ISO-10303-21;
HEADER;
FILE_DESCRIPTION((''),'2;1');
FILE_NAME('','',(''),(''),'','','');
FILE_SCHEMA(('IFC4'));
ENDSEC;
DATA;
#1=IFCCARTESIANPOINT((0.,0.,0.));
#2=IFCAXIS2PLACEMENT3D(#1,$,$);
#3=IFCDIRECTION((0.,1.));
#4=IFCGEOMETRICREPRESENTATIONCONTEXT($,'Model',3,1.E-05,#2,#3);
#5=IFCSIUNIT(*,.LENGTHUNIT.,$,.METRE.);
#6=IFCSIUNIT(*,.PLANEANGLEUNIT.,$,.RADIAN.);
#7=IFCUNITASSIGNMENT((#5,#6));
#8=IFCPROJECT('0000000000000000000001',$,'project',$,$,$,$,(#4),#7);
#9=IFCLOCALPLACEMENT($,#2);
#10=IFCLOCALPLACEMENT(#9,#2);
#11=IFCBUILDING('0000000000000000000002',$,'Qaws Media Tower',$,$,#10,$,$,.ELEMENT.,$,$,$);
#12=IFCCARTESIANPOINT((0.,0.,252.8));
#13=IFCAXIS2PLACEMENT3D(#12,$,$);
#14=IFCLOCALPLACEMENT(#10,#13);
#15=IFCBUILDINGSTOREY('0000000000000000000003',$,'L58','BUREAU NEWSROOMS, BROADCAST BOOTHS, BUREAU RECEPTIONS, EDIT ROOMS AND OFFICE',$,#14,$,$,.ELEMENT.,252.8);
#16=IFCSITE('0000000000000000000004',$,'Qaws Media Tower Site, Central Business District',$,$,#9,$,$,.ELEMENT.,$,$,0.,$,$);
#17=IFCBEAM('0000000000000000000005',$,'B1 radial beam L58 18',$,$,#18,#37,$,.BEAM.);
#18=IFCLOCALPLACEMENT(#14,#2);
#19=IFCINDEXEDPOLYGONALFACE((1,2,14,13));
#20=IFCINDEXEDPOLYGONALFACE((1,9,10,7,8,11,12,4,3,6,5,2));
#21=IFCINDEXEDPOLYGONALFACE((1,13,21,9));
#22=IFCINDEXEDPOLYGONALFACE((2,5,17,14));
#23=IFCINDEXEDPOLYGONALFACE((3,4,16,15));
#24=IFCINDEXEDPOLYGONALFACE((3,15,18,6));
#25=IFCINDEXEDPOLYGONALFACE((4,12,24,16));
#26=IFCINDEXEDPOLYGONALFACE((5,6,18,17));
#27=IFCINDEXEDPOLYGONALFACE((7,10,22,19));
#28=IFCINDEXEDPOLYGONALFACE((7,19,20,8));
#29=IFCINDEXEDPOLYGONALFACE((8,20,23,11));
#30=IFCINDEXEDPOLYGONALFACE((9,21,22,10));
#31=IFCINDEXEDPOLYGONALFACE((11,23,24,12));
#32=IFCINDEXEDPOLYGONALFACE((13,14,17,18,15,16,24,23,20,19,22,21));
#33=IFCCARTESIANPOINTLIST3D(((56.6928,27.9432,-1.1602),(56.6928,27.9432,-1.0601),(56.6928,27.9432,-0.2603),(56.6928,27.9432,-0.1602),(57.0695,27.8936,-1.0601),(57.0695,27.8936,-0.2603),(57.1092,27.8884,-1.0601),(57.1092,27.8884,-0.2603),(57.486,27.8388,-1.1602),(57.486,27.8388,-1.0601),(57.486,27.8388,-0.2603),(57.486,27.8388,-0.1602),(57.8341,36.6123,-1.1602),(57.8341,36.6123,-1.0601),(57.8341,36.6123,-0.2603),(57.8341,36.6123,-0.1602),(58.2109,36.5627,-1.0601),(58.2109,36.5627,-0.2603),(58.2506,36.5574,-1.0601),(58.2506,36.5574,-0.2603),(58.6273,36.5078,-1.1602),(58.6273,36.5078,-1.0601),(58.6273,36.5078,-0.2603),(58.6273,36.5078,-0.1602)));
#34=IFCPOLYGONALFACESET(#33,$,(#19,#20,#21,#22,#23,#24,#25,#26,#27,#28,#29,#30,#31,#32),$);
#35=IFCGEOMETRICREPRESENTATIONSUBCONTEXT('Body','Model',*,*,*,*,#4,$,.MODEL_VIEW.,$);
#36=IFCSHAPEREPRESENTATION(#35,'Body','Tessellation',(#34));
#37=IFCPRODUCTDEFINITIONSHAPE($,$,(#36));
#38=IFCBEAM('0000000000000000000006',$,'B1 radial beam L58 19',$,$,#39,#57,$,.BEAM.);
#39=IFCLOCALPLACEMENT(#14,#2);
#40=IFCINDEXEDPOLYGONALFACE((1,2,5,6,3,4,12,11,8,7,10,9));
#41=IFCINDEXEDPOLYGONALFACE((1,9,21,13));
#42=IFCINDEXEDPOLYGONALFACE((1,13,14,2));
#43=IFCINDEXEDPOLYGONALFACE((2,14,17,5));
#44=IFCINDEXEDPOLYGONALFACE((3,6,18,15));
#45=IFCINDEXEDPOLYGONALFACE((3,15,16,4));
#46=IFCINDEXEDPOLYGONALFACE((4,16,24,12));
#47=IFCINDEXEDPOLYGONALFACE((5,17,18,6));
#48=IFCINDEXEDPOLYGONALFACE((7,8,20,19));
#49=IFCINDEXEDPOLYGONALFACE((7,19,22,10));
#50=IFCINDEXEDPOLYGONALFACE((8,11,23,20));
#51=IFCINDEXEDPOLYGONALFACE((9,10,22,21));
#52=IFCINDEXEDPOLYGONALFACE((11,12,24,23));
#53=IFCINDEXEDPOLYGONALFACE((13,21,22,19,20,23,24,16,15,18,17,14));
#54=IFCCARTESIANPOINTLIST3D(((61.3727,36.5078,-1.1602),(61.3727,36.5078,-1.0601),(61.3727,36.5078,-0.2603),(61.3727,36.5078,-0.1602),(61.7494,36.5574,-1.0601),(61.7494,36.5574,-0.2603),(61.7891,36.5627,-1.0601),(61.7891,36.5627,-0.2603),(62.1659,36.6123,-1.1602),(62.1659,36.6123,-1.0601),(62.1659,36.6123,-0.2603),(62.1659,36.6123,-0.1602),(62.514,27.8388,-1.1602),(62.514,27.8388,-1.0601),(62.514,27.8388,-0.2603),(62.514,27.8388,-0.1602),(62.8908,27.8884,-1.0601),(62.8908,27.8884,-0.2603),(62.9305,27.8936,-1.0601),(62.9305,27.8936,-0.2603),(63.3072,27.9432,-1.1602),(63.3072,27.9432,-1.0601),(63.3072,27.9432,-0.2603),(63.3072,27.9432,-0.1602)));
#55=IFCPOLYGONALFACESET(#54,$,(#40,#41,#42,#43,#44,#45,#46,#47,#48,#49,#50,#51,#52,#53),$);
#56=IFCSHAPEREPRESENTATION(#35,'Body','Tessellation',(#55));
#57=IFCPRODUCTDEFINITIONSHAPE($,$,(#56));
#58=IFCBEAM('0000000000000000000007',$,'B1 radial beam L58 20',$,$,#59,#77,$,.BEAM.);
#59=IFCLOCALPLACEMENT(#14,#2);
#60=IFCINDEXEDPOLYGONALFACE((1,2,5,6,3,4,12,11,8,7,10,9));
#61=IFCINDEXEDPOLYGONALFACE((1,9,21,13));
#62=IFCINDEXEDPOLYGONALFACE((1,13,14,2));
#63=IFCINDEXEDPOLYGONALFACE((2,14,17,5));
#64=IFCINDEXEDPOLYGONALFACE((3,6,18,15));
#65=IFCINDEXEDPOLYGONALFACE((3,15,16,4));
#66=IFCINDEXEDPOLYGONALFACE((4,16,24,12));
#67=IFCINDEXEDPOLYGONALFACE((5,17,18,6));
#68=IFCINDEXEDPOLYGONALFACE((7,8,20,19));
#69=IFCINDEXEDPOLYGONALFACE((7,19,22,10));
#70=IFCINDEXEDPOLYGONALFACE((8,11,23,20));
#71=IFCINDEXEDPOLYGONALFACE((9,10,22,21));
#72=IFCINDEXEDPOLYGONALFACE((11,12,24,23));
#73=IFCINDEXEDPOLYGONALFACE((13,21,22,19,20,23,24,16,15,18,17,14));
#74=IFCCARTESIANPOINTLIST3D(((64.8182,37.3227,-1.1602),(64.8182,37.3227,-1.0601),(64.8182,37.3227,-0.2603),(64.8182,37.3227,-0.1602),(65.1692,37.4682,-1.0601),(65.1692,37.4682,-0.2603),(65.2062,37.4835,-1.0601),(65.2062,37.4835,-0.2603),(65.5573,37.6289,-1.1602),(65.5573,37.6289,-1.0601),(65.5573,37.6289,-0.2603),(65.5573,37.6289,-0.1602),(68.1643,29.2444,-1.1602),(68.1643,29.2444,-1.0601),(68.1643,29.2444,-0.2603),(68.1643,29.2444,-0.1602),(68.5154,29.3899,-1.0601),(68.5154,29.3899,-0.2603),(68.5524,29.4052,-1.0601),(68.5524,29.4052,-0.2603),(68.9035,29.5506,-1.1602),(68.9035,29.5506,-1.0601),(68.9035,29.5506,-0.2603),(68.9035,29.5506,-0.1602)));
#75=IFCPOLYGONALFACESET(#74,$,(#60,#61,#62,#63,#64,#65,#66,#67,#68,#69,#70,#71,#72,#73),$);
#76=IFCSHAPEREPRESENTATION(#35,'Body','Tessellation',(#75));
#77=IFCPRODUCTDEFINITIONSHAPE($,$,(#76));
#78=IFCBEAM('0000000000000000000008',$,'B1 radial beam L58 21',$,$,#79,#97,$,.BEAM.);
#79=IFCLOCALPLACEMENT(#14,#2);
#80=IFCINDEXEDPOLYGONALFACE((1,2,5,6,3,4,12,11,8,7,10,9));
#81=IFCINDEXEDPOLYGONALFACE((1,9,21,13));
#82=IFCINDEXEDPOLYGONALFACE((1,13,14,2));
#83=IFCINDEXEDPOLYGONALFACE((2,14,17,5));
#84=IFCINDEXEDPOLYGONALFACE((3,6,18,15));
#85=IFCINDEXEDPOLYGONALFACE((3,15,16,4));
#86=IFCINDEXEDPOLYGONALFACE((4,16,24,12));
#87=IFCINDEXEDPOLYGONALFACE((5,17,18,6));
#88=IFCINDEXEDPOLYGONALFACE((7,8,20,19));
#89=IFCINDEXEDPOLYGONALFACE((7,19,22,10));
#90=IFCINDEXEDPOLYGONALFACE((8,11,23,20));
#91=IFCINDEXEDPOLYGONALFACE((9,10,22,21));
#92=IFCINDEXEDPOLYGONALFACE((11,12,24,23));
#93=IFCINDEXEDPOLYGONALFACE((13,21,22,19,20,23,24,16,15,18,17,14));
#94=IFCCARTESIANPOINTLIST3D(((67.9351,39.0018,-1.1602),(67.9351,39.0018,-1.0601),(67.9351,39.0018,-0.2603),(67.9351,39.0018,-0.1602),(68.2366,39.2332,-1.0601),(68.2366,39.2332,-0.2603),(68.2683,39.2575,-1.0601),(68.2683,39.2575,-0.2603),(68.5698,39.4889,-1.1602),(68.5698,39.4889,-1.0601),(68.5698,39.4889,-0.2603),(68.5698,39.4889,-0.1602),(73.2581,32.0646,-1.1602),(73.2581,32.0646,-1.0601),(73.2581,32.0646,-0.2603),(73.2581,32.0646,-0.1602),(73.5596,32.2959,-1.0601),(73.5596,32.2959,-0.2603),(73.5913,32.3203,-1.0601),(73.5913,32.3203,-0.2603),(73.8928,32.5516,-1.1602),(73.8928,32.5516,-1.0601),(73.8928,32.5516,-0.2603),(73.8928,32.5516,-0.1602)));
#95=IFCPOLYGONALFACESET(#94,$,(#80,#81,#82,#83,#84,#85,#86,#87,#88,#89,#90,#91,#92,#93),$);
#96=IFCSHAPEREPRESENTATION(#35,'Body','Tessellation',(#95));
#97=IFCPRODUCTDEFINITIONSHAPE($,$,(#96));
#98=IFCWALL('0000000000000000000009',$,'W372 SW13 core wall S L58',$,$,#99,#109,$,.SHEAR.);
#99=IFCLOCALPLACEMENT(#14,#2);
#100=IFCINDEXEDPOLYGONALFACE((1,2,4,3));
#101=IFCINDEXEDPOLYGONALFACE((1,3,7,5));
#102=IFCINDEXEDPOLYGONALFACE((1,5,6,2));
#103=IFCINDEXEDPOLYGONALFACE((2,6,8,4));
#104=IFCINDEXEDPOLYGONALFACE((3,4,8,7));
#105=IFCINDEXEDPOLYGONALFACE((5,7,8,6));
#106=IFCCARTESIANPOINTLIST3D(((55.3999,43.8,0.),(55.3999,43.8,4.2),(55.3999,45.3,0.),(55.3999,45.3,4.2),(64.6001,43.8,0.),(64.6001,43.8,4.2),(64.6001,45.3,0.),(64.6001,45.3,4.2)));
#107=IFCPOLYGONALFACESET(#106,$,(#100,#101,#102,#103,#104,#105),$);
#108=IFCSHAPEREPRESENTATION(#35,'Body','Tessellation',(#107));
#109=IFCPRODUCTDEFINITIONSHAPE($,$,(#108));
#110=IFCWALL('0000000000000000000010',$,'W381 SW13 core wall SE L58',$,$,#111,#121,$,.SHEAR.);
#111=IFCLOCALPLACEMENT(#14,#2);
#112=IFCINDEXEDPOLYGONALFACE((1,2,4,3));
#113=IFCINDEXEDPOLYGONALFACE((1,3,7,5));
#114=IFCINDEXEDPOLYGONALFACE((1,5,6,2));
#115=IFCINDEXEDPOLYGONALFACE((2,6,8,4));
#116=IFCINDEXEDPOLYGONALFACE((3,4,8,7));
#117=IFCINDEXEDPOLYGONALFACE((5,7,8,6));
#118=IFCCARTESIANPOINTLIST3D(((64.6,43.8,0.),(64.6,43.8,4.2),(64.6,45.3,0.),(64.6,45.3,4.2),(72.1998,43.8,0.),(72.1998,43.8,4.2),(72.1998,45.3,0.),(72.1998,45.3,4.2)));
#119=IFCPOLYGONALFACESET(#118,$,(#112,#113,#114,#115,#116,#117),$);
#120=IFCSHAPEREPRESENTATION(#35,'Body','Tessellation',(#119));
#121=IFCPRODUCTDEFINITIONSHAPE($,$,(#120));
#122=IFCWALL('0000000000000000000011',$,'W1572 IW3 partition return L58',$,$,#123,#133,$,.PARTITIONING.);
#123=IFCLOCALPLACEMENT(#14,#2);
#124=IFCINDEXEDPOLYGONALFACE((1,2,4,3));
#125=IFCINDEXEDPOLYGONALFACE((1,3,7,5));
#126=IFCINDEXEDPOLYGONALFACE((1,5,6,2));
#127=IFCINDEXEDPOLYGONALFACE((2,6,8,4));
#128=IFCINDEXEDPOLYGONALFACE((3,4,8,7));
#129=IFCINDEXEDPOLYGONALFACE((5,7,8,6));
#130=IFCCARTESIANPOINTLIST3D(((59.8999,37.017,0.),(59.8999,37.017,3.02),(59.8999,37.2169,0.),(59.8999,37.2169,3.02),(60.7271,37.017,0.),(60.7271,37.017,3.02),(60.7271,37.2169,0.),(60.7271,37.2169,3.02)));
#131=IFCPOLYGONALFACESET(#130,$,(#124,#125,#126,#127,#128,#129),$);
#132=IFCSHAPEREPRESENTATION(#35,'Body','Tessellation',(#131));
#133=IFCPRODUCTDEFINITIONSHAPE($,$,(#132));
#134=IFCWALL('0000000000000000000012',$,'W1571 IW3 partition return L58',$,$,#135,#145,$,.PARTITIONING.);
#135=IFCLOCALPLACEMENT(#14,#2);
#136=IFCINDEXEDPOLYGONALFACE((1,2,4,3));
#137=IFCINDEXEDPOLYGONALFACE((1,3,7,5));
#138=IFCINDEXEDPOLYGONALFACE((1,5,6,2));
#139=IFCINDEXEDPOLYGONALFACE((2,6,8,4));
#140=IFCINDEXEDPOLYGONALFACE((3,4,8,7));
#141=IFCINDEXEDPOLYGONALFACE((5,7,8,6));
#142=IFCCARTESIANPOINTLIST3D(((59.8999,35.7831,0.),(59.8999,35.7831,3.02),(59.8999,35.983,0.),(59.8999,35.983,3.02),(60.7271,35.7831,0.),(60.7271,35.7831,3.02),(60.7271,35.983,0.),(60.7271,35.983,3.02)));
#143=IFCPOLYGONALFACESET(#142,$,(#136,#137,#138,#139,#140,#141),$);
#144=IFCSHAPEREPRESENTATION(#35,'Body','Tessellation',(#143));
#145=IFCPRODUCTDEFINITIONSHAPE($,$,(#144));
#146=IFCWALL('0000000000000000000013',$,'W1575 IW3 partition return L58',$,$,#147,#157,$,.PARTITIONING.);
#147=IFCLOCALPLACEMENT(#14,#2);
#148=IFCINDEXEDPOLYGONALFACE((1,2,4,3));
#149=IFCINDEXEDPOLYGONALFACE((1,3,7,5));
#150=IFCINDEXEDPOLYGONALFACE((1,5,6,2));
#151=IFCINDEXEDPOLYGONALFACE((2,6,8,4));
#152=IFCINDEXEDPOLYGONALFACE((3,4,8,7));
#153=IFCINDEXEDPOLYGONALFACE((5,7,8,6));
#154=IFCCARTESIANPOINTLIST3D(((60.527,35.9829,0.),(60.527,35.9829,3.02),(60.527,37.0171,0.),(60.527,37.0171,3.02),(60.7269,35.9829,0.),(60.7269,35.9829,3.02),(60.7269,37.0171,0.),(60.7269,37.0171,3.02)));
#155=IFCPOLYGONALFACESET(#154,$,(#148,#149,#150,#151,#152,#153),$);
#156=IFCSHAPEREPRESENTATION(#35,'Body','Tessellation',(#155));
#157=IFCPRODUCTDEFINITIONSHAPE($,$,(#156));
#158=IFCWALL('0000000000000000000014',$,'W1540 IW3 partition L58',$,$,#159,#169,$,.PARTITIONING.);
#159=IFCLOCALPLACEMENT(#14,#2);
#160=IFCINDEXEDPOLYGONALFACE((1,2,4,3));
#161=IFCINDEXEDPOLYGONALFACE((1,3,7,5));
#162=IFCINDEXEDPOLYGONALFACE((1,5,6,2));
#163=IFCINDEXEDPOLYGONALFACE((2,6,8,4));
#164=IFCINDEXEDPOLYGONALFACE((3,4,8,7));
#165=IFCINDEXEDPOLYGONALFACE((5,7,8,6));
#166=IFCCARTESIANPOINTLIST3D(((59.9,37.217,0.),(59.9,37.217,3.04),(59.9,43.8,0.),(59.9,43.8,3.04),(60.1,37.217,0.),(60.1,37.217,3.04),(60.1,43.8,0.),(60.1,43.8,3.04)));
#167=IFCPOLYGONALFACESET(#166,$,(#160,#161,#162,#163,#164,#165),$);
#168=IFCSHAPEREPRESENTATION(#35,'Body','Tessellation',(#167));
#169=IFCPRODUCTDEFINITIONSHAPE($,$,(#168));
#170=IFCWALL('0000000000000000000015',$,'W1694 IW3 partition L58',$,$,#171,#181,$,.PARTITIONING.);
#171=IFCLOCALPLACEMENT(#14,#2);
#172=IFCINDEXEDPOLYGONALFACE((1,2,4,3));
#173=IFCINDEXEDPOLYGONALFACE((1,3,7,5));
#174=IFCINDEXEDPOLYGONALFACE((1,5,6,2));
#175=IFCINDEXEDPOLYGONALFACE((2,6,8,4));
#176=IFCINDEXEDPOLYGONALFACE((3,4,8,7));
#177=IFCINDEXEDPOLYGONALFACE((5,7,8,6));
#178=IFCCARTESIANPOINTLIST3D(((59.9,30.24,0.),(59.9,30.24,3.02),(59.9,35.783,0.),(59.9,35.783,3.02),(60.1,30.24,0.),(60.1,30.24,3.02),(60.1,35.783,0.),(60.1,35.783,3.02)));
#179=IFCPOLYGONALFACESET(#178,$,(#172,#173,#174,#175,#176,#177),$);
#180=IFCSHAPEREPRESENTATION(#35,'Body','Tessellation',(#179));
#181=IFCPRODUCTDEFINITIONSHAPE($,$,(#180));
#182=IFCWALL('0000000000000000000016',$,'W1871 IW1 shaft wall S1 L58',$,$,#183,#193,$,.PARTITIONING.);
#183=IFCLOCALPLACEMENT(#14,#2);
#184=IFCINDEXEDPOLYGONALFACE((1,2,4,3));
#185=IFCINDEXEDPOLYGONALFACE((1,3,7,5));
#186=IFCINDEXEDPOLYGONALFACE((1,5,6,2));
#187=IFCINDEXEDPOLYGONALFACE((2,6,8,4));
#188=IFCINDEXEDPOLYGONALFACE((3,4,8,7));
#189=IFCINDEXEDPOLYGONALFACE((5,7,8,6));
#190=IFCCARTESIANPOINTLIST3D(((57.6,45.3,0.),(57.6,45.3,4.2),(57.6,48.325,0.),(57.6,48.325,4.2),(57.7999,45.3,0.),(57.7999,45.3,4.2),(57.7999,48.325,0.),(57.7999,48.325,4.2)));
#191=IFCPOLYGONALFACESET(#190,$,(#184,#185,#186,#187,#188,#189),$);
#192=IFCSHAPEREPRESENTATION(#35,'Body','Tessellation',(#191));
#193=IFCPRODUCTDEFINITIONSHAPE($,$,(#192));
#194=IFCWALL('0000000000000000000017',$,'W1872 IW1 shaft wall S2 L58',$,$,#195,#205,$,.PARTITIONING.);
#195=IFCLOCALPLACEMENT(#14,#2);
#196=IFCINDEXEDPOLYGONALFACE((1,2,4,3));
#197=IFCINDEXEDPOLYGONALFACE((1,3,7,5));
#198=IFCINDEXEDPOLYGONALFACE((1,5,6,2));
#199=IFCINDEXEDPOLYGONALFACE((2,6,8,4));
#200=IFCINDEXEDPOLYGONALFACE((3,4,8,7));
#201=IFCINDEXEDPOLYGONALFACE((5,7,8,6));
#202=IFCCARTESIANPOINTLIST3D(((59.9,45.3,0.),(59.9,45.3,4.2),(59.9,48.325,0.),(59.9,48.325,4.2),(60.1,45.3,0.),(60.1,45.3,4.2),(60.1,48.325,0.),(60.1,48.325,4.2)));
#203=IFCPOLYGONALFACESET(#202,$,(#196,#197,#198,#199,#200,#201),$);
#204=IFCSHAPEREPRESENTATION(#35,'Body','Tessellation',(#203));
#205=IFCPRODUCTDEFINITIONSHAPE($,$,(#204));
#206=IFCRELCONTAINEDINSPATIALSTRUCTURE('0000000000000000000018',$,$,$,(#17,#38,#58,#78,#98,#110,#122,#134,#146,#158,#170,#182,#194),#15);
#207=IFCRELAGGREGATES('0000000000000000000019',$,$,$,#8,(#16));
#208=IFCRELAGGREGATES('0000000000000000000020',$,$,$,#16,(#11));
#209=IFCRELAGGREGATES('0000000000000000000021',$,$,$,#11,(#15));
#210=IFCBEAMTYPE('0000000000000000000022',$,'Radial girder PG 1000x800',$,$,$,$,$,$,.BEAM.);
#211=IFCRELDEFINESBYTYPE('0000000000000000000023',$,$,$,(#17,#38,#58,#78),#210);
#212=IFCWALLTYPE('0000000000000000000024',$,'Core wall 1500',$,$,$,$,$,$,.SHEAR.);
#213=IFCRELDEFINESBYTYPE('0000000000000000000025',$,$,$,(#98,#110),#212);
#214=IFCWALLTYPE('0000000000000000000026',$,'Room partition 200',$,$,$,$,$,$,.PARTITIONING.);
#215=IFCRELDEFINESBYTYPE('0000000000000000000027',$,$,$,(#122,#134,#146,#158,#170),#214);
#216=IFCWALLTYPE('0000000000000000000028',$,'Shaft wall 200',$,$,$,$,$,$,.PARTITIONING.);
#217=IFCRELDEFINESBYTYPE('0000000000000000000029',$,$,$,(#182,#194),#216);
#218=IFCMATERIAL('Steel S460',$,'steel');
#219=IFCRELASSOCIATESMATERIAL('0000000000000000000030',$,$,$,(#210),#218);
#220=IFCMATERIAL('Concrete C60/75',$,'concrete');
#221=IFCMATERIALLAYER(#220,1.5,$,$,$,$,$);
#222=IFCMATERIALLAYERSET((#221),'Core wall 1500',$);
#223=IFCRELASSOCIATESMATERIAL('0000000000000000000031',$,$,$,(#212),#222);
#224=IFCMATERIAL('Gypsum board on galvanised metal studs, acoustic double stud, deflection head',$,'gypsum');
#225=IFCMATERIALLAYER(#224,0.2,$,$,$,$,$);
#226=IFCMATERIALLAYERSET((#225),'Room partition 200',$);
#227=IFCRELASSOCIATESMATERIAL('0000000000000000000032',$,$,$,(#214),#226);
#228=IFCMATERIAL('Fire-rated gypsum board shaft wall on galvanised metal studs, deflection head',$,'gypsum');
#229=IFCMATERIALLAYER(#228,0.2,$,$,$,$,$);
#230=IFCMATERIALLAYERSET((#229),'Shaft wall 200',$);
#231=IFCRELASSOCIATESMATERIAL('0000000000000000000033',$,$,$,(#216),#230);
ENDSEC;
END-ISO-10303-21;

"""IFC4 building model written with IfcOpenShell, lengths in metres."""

from ifc_helpers import new_model, si_unit, direction, frame, frame_2d, origin, origin_2d, place, context, subcontext, project, spatial, rectangle, i_section, extrude, material, layer, layer_set, material_profile, profile_set, type_object, element, save


model = new_model("IFC4")

# Units and contexts
model_context = context("Model", 3, precision=1e-05, world=origin(), true_north=direction((0.0, 1.0)))
body_context = subcontext(model_context, "Body", "Model", "MODEL_VIEW")
ifc_project = project(units=[si_unit("LENGTHUNIT", "METRE"), si_unit("PLANEANGLEUNIT", "RADIAN")], contexts=[model_context])

# Site, building, storey
site_placement = place(None, origin())
site = spatial("IfcSite", under=ifc_project, at=site_placement, Name="Qaws Media Tower Site, Central Business District", CompositionType="ELEMENT", RefElevation=0.0)
building_placement = place(site_placement, origin())
building = spatial("IfcBuilding", under=site, at=building_placement, Name="Qaws Media Tower", CompositionType="ELEMENT")
storey_placement = place(building_placement, frame((0.0, 0.0, 252.8)))
storey = spatial("IfcBuildingStorey", under=building, at=storey_placement, Name="L58", Description="BUREAU NEWSROOMS, BROADCAST BOOTHS, BUREAU RECEPTIONS, EDIT ROOMS AND OFFICE", CompositionType="ELEMENT", Elevation=252.8)

# Beams
ifc_material_1 = material(Name="Steel S460", Category="steel")
ifc_material_profile_1 = material_profile(ifc_material_1, i_section(OverallWidth=0.8, OverallDepth=1.0, WebThickness=0.04, FlangeThickness=0.1001, at=origin_2d()), Name="PG 1000x800")
ifc_profile_set_1 = profile_set([ifc_material_profile_1], Name="Steel S460")
beam_type_1 = type_object("IfcBeamType", Name="Radial girder PG 1000x800", PredefinedType="BEAM", material=ifc_profile_set_1)
for number, where, z_axis, x_axis, name in (
    (1, (58.2307, 36.5601, -0.6602), (-0.13053, -0.991444, 0.0), (0.991444, -0.13053, 0.0), "B1 radial beam L58 18"),
    (2, (61.7693, 36.5601, -0.6602), (0.13053, -0.991444, 0.0), (0.991444, 0.13053, 0.0), "B1 radial beam L58 19"),
    (3, (65.1877, 37.4758, -0.6602), (0.382686, -0.923879, 0.0), (0.923879, 0.382686, 0.0), "B1 radial beam L58 20"),
):
    element("IfcBeam", number, at=place(storey_placement, frame(where, z_axis=z_axis, x_axis=x_axis)), inside=storey, type_object=beam_type_1, Name=name, PredefinedType="BEAM", context=body_context, shape_type="SweptSolid", body=[
        extrude(i_section(OverallWidth=0.8, OverallDepth=1.0, WebThickness=0.04, FlangeThickness=0.1001, at=origin_2d()), origin(), (0.0, 0.0, 1.0), 8.7439),
    ])
beam_1_placement = place(storey_placement, frame((68.2524, 39.2454, -0.6602), z_axis=(0.608751, -0.793361, 0.0), x_axis=(0.793361, 0.608751, 0.0)))
element("IfcBeam", 4, at=beam_1_placement, inside=storey, type_object=beam_type_1, Name="B1 radial beam L58 21", PredefinedType="BEAM", context=body_context, shape_type="SweptSolid", body=[
    extrude(i_section(OverallWidth=0.8, OverallDepth=1.0, WebThickness=0.04, FlangeThickness=0.1001, at=origin_2d()), origin(), (0.0, 0.0, 1.0), 8.7441),
])

# Walls
ifc_material_2 = material(Name="Concrete C60/75", Category="concrete")
ifc_layer_1 = layer(ifc_material_2, 1.5)
ifc_layer_set_1 = layer_set([ifc_layer_1], Name="Core wall 1500")
wall_type_1 = type_object("IfcWallType", Name="Core wall 1500", PredefinedType="SHEAR", material=ifc_layer_set_1)
wall_1_placement = place(storey_placement, frame((55.3999, 44.55, 0.0), z_axis=(0.0, 0.0, 1.0), x_axis=(1.0, 0.0, 0.0)))
element("IfcWall", 5, at=wall_1_placement, inside=storey, type_object=wall_type_1, Name="W372 SW13 core wall S L58", PredefinedType="SHEAR", context=body_context, shape_type="SweptSolid", body=[
    extrude(rectangle(XDim=9.2002, YDim=1.5, at=frame_2d((4.6001, 0.0))), origin(), (0.0, 0.0, 1.0), 4.2),
])
wall_2_placement = place(storey_placement, frame((64.6001, 44.55, 0.0), z_axis=(0.0, 0.0, 1.0), x_axis=(1.0, 0.0, 0.0)))
element("IfcWall", 6, at=wall_2_placement, inside=storey, type_object=wall_type_1, Name="W381 SW13 core wall SE L58", PredefinedType="SHEAR", context=body_context, shape_type="SweptSolid", body=[
    extrude(rectangle(XDim=7.5999, YDim=1.5, at=frame_2d((3.7998, 0.0))), origin(), (0.0, 0.0, 1.0), 4.2),
])
ifc_material_3 = material(Name="Gypsum board on galvanised metal studs, acoustic double stud, deflection head", Category="gypsum")
ifc_layer_2 = layer(ifc_material_3, 0.2)
ifc_layer_set_2 = layer_set([ifc_layer_2], Name="Room partition 200")
wall_type_2 = type_object("IfcWallType", Name="Room partition 200", PredefinedType="PARTITIONING", material=ifc_layer_set_2)
for number, where, z_axis, x_axis, name in (
    (7, (59.8999, 37.1169, 0.0), (0.0, 0.0, 1.0), (1.0, 0.0, 0.0), "W1572 IW3 partition return L58"),
    (8, (59.8999, 35.8831, 0.0), (0.0, 0.0, 1.0), (1.0, 0.0, 0.0), "W1571 IW3 partition return L58"),
):
    element("IfcWall", number, at=place(storey_placement, frame(where, z_axis=z_axis, x_axis=x_axis)), inside=storey, type_object=wall_type_2, Name=name, PredefinedType="PARTITIONING", context=body_context, shape_type="SweptSolid", body=[
        extrude(rectangle(XDim=0.8271, YDim=0.2, at=frame_2d((0.4136, 0.0))), origin(), (0.0, 0.0, 1.0), 3.02),
    ])
wall_3_placement = place(storey_placement, frame((60.627, 37.0171, 0.0), z_axis=(0.0, 0.0, 1.0), x_axis=(0.0, -1.0, 0.0)))
element("IfcWall", 9, at=wall_3_placement, inside=storey, type_object=wall_type_2, Name="W1575 IW3 partition return L58", PredefinedType="PARTITIONING", context=body_context, shape_type="SweptSolid", body=[
    extrude(rectangle(XDim=1.0342, YDim=0.2, at=frame_2d((0.5171, 0.0))), origin(), (0.0, 0.0, 1.0), 3.02),
])
wall_4_placement = place(storey_placement, frame((60.0, 43.8, 0.0), z_axis=(0.0, 0.0, 1.0), x_axis=(0.0, -1.0, 0.0)))
element("IfcWall", 10, at=wall_4_placement, inside=storey, type_object=wall_type_2, Name="W1540 IW3 partition L58", PredefinedType="PARTITIONING", context=body_context, shape_type="SweptSolid", body=[
    extrude(rectangle(XDim=6.583, YDim=0.2, at=frame_2d((3.2915, 0.0))), origin(), (0.0, 0.0, 1.0), 3.04),
])
wall_5_placement = place(storey_placement, frame((60.0, 35.783, 0.0), z_axis=(0.0, 0.0, 1.0), x_axis=(0.0, -1.0, 0.0)))
element("IfcWall", 11, at=wall_5_placement, inside=storey, type_object=wall_type_2, Name="W1694 IW3 partition L58", PredefinedType="PARTITIONING", context=body_context, shape_type="SweptSolid", body=[
    extrude(rectangle(XDim=5.543, YDim=0.2, at=frame_2d((2.7715, 0.0))), origin(), (0.0, 0.0, 1.0), 3.02),
])
ifc_material_4 = material(Name="Fire-rated gypsum board shaft wall on galvanised metal studs, deflection head", Category="gypsum")
ifc_layer_3 = layer(ifc_material_4, 0.2)
ifc_layer_set_3 = layer_set([ifc_layer_3], Name="Shaft wall 200")
wall_type_3 = type_object("IfcWallType", Name="Shaft wall 200", PredefinedType="PARTITIONING", material=ifc_layer_set_3)
for number, where, z_axis, x_axis, name in (
    (12, (57.7, 45.3, 0.0), (0.0, 0.0, 1.0), (0.0, 1.0, 0.0), "W1871 IW1 shaft wall S1 L58"),
    (13, (60.0, 45.3, 0.0), (0.0, 0.0, 1.0), (0.0, 1.0, 0.0), "W1872 IW1 shaft wall S2 L58"),
):
    element("IfcWall", number, at=place(storey_placement, frame(where, z_axis=z_axis, x_axis=x_axis)), inside=storey, type_object=wall_type_3, Name=name, PredefinedType="PARTITIONING", context=body_context, shape_type="SweptSolid", body=[
        extrude(rectangle(XDim=3.0249, YDim=0.2, at=frame_2d((1.5125, 0.0))), origin(), (0.0, 0.0, 1.0), 4.2),
    ])

save(model, "model.ifc")
